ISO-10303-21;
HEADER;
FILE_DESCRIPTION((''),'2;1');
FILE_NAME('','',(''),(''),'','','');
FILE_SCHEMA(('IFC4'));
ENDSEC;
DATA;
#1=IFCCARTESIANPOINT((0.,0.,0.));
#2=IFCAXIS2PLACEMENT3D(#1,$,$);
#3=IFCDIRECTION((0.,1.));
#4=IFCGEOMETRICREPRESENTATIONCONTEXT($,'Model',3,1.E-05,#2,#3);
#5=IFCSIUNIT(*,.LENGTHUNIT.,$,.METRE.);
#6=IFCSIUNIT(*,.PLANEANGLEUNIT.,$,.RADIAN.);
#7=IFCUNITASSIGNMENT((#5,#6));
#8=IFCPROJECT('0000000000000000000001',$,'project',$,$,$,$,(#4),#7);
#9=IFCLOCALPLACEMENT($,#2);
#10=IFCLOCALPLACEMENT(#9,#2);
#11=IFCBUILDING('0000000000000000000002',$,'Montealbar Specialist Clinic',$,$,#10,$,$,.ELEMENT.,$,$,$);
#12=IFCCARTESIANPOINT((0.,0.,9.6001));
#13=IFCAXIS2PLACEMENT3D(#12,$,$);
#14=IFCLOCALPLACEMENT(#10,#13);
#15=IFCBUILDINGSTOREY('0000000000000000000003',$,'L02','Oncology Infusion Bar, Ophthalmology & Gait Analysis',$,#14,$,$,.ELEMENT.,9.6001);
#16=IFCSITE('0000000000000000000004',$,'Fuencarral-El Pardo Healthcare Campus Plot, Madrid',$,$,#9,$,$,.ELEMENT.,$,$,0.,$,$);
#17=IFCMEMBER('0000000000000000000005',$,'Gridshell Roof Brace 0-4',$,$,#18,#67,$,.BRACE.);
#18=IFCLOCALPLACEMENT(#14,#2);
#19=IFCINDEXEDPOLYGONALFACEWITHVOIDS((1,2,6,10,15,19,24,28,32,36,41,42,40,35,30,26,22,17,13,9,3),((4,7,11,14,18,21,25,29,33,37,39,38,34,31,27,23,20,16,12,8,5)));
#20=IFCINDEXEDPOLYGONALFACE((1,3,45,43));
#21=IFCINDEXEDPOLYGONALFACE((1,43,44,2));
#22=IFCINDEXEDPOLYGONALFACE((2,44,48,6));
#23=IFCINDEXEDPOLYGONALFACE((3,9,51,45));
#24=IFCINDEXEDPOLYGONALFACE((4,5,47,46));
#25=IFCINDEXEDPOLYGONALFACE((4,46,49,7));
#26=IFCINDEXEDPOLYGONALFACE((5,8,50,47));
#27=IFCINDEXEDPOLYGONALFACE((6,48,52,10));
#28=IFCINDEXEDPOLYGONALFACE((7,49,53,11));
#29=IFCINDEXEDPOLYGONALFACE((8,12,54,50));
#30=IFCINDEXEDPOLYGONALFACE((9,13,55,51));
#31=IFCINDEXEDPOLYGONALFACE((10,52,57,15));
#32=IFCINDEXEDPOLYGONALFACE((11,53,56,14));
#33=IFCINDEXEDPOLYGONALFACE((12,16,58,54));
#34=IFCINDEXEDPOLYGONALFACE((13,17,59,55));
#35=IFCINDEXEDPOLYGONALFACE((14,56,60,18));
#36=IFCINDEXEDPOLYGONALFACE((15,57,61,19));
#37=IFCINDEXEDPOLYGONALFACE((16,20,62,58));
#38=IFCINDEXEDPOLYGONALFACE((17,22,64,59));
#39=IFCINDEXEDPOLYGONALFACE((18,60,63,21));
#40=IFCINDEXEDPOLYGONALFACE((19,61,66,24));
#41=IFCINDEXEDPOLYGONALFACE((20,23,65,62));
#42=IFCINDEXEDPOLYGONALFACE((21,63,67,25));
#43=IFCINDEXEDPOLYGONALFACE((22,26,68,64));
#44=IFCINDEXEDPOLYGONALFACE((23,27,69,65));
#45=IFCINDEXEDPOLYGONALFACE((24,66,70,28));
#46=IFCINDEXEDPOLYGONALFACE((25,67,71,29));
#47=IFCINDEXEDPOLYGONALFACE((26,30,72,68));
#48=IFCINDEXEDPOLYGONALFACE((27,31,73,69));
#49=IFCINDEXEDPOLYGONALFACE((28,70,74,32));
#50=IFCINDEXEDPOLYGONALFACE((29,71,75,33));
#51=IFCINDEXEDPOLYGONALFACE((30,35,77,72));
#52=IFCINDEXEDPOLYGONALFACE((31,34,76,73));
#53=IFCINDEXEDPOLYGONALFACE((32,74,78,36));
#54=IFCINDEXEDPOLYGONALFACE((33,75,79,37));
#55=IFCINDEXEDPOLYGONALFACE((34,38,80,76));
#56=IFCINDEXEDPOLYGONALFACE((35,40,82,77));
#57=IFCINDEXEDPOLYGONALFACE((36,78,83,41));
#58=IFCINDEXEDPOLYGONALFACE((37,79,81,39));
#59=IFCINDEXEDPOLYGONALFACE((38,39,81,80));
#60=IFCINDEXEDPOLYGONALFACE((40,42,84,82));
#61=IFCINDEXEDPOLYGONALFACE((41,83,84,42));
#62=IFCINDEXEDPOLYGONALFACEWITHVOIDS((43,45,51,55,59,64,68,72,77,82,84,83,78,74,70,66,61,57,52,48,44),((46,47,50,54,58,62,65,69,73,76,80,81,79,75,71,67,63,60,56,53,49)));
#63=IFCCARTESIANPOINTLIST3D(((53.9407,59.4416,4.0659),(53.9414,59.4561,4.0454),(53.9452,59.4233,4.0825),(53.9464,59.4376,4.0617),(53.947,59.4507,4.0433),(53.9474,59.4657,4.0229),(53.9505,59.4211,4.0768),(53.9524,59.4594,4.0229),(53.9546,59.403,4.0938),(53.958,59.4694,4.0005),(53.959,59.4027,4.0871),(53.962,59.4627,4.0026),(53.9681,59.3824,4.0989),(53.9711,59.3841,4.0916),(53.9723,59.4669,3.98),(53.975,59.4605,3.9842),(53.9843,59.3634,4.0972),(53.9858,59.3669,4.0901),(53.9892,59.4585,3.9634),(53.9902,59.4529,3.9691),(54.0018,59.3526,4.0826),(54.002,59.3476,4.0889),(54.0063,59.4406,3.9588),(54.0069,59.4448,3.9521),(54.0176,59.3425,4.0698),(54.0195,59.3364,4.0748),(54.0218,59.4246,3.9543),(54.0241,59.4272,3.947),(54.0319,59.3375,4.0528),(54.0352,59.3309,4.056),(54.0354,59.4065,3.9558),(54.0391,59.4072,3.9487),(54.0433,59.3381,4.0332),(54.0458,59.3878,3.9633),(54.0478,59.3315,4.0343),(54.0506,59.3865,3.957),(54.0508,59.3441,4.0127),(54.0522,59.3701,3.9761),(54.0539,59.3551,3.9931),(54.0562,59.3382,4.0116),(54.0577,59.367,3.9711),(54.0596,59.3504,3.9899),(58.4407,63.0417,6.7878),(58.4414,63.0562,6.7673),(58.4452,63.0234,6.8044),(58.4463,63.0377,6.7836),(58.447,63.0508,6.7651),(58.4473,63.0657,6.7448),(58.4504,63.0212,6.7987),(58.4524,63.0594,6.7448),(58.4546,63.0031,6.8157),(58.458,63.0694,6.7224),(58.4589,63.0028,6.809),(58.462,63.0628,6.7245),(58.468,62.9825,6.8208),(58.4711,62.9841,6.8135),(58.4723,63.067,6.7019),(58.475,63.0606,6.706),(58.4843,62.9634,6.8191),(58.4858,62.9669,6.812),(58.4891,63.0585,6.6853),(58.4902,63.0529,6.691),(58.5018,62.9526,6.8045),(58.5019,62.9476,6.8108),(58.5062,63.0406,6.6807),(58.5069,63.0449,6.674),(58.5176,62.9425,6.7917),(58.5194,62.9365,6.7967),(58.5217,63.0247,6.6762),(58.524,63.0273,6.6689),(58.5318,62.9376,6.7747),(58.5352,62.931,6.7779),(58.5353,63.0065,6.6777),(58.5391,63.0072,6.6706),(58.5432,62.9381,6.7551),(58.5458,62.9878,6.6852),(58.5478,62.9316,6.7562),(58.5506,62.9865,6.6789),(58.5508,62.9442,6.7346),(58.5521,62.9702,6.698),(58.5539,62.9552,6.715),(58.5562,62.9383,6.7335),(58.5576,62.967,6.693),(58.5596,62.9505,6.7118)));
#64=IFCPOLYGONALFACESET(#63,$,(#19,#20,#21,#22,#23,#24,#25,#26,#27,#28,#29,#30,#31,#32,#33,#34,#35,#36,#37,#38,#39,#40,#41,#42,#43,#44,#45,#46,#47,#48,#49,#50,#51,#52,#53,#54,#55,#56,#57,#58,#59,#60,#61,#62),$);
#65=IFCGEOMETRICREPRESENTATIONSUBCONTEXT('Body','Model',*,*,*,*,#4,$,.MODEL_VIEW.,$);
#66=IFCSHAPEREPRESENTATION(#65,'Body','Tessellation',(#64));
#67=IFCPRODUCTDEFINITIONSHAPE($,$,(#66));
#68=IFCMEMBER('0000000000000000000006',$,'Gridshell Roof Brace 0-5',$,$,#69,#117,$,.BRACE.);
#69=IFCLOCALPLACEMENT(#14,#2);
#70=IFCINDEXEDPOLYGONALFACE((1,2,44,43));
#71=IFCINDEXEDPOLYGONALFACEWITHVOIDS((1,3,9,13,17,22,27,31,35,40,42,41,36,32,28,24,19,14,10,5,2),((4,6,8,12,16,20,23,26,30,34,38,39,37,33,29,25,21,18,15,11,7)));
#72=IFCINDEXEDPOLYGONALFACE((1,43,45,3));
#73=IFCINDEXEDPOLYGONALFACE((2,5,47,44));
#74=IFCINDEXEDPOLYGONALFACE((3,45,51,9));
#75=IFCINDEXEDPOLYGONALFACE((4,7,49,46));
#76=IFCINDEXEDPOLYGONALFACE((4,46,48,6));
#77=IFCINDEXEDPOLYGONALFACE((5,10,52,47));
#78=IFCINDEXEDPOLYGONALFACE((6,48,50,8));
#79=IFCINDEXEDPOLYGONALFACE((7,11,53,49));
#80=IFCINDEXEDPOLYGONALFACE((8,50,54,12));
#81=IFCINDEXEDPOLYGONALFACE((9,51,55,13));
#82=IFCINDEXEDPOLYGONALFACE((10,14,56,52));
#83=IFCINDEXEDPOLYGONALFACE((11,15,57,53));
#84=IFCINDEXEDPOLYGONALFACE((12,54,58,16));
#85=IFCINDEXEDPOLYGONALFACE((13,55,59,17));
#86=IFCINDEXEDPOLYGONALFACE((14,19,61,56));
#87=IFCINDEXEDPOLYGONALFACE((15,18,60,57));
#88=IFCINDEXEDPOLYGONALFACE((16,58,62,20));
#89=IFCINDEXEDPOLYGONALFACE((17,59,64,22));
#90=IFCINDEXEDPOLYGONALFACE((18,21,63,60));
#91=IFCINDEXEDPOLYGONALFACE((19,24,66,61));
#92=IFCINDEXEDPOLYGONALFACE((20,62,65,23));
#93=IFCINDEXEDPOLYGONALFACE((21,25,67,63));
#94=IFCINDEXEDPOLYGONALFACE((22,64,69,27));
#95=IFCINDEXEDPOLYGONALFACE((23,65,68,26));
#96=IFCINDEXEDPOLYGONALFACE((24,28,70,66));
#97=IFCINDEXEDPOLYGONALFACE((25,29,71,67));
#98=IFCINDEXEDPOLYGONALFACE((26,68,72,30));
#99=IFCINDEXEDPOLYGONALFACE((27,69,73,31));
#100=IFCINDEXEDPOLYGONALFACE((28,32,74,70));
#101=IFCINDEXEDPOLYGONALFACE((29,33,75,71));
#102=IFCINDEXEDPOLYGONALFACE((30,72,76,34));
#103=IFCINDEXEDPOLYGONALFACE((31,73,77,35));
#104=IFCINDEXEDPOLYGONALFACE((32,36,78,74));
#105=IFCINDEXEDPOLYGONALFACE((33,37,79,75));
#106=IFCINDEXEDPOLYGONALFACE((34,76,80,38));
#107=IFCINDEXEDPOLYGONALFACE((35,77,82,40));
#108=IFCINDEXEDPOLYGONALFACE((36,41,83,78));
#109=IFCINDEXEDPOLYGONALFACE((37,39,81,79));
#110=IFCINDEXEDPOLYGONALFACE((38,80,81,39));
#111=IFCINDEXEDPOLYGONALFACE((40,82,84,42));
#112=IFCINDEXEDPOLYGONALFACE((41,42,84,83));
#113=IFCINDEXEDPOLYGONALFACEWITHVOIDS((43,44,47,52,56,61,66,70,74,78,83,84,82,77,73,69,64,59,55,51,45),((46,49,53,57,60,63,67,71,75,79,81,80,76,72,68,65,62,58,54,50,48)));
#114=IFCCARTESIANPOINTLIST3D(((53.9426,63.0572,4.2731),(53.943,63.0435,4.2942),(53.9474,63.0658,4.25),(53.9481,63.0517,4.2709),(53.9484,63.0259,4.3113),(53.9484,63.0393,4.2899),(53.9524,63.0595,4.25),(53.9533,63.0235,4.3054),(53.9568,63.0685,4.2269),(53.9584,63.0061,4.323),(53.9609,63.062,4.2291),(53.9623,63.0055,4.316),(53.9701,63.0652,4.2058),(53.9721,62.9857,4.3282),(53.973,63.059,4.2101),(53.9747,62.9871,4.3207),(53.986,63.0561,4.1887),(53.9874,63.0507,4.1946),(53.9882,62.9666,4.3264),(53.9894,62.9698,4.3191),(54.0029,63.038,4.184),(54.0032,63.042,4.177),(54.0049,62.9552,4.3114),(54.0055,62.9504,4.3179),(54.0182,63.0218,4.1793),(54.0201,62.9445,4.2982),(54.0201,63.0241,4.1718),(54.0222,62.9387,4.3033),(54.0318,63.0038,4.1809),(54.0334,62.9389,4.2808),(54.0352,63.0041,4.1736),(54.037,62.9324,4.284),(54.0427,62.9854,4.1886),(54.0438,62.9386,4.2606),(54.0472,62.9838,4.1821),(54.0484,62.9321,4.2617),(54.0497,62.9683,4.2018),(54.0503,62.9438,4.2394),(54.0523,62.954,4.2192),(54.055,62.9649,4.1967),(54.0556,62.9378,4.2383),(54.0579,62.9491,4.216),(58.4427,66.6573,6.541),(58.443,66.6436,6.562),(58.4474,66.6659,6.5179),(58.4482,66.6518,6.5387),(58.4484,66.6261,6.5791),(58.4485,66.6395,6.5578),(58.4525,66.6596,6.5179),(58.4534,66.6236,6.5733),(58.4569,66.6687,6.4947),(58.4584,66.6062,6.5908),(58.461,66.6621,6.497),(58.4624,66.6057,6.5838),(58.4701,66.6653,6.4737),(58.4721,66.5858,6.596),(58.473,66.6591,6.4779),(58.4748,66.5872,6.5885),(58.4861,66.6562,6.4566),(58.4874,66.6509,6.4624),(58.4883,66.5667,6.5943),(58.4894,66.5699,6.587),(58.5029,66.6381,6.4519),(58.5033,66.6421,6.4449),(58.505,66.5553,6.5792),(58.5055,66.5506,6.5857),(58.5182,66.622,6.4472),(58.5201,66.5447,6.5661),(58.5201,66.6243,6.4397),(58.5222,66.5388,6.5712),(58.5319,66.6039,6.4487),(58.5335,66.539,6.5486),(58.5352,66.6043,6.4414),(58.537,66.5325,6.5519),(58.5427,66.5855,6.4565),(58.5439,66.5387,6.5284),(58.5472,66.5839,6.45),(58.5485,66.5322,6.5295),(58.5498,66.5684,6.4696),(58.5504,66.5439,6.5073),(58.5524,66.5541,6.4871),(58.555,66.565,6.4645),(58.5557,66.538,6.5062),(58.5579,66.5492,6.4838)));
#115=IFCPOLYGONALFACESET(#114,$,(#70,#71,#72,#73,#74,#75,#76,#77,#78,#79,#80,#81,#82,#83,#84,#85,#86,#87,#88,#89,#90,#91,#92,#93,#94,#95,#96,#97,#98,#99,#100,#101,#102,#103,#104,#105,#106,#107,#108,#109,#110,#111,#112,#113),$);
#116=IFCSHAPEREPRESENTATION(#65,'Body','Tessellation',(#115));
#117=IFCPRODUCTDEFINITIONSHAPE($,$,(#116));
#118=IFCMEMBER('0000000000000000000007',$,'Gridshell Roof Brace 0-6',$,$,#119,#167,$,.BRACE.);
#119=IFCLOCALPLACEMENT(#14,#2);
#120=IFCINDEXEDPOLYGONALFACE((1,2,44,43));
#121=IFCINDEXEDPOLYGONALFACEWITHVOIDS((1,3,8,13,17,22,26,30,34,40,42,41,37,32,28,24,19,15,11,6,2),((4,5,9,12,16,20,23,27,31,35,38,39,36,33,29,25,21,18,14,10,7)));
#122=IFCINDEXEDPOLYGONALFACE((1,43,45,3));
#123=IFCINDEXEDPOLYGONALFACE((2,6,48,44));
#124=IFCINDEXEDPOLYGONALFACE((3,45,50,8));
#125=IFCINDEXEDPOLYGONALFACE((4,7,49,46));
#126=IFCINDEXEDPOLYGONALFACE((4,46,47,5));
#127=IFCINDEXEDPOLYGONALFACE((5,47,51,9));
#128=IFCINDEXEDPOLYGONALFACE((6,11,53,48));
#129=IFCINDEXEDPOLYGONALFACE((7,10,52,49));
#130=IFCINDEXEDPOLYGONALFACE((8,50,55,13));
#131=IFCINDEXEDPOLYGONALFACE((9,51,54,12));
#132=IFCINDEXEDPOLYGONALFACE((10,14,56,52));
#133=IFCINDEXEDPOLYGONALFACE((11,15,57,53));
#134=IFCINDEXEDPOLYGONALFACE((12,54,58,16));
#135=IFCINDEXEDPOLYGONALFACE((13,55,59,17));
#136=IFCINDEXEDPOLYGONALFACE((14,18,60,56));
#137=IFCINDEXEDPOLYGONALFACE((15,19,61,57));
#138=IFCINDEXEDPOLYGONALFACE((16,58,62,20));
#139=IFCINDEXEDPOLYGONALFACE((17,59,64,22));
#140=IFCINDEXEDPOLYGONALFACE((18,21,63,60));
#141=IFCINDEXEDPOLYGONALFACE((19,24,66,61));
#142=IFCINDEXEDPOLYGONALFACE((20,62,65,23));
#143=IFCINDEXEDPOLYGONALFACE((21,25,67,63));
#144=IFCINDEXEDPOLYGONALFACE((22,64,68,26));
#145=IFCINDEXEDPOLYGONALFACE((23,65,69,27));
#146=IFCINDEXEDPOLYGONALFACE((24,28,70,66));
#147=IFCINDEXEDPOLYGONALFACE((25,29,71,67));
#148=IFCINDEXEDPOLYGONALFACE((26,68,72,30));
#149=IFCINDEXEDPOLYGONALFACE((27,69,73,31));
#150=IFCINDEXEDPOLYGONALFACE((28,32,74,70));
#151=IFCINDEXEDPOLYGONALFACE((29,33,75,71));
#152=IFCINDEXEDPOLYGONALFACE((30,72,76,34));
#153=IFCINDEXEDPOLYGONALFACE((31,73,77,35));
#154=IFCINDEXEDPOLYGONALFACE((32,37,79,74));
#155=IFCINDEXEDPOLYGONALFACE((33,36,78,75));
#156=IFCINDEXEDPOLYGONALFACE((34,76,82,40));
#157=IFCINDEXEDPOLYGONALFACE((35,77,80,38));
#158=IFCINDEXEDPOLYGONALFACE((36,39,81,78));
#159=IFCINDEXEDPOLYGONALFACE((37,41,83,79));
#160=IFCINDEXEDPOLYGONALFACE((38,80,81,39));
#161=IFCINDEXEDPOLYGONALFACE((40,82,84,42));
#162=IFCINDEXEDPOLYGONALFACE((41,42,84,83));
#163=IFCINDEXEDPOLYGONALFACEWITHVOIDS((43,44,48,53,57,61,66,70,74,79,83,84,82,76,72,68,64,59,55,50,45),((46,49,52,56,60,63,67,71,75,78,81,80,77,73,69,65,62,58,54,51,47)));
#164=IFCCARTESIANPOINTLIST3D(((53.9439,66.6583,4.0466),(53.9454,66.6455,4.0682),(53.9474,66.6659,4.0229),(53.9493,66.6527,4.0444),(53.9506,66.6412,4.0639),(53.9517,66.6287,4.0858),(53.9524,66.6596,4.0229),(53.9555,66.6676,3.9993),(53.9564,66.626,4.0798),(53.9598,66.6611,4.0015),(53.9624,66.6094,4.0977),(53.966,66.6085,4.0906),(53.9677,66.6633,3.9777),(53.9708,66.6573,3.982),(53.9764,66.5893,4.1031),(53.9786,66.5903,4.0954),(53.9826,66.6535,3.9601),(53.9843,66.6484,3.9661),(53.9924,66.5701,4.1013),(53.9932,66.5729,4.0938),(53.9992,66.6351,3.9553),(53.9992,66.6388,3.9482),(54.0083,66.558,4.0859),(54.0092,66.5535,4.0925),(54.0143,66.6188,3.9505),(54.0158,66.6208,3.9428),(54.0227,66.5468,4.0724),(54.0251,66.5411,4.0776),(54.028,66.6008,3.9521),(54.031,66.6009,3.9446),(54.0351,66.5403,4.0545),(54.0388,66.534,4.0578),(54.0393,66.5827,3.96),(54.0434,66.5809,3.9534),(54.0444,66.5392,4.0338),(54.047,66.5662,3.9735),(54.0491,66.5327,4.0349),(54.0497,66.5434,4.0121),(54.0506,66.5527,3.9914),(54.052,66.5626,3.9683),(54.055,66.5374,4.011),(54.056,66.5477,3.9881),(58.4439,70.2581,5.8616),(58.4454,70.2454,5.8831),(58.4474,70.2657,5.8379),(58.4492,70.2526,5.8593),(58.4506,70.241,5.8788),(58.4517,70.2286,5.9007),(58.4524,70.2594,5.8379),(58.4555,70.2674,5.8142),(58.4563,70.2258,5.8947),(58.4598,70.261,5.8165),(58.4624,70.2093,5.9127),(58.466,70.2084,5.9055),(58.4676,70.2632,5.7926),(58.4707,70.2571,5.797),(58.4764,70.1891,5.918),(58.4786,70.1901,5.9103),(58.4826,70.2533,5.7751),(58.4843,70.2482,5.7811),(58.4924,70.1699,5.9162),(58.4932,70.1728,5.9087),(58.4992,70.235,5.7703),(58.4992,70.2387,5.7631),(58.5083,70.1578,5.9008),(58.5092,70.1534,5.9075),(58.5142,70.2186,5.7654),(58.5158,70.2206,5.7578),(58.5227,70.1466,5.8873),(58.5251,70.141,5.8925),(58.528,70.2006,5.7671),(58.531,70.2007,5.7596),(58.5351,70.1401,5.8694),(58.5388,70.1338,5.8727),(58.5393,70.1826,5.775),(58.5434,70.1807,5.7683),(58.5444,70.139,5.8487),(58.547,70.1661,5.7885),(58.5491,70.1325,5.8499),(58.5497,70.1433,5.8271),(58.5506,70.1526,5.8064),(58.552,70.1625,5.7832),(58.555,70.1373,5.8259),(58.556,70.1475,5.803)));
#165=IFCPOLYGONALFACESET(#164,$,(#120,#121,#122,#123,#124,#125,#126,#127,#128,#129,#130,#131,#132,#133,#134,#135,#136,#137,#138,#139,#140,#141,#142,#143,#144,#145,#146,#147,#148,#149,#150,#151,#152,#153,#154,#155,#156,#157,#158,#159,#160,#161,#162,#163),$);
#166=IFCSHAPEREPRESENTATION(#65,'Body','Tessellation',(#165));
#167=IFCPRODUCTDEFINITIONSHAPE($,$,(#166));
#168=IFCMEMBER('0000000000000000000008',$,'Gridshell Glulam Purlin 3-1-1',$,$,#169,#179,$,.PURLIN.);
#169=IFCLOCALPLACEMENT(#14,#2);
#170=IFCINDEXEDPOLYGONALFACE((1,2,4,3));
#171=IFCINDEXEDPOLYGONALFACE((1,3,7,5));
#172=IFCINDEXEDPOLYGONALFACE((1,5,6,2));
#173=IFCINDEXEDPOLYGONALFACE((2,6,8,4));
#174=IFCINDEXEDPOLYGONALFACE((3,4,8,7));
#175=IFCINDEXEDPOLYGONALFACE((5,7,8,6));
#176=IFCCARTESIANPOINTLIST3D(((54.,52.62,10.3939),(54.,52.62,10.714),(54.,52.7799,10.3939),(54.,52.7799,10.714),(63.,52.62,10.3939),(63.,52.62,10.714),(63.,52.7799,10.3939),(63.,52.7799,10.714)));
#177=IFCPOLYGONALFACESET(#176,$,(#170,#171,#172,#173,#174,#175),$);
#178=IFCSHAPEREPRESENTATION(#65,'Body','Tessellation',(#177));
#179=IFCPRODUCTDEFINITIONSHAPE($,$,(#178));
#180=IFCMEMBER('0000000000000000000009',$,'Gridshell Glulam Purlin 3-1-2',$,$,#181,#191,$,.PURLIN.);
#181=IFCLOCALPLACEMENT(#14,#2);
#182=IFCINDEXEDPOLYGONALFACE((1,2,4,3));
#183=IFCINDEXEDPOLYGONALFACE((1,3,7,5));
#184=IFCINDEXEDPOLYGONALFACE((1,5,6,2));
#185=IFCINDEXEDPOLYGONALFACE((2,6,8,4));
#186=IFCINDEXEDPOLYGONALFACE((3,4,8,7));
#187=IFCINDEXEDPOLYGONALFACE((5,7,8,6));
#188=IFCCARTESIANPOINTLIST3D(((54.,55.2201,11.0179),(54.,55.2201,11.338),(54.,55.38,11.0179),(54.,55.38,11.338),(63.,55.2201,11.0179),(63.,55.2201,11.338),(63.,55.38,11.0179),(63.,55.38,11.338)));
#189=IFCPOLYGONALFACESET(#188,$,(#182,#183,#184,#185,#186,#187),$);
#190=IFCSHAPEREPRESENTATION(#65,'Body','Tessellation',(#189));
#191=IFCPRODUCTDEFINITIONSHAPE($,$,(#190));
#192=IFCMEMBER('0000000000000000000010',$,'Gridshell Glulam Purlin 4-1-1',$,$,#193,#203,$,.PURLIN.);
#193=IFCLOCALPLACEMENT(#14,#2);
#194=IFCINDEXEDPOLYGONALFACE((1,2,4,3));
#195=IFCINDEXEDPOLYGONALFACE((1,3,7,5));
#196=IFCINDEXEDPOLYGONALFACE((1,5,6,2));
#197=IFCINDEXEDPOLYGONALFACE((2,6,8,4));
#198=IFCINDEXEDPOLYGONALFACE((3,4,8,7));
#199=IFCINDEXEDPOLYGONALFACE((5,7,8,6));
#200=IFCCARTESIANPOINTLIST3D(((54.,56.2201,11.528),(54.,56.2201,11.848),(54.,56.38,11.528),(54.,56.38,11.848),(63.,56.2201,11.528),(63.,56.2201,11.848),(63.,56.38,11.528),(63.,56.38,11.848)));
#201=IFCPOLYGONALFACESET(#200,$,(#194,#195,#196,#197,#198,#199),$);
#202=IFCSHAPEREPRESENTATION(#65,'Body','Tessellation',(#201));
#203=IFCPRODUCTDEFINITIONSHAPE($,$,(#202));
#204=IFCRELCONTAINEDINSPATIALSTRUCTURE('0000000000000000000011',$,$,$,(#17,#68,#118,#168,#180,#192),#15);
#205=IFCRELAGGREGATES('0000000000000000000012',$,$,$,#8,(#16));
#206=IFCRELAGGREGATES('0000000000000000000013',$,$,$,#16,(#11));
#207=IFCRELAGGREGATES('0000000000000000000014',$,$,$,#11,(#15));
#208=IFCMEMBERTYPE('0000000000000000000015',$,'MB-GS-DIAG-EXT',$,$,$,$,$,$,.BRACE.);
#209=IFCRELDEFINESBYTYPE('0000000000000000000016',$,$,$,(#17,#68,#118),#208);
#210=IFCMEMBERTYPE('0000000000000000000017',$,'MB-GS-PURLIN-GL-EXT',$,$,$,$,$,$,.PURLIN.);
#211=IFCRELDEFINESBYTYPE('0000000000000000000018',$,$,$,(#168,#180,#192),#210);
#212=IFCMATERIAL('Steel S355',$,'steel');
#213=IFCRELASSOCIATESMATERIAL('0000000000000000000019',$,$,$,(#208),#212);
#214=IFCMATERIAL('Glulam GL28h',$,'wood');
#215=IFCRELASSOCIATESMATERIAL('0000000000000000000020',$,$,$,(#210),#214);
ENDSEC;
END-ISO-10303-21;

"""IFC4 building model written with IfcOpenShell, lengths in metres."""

from ifc_helpers import new_model, si_unit, direction, frame, origin, origin_2d, place, context, subcontext, project, spatial, rectangle, hollow_circle, extrude, material, material_profile, profile_set, type_object, element, save


model = new_model("IFC4")

# Units and contexts
model_context = context("Model", 3, precision=1e-05, world=origin(), true_north=direction((0.0, 1.0)))
body_context = subcontext(model_context, "Body", "Model", "MODEL_VIEW")
ifc_project = project(units=[si_unit("LENGTHUNIT", "METRE"), si_unit("PLANEANGLEUNIT", "RADIAN")], contexts=[model_context])

# Site, building, storey
site_placement = place(None, origin())
site = spatial("IfcSite", under=ifc_project, at=site_placement, Name="Fuencarral-El Pardo Healthcare Campus Plot, Madrid", CompositionType="ELEMENT", RefElevation=0.0)
building_placement = place(site_placement, origin())
building = spatial("IfcBuilding", under=site, at=building_placement, Name="Montealbar Specialist Clinic", CompositionType="ELEMENT")
storey_placement = place(building_placement, frame((0.0, 0.0, 9.6001)))
storey = spatial("IfcBuildingStorey", under=building, at=storey_placement, Name="L02", Description="Oncology Infusion Bar, Ophthalmology & Gait Analysis", CompositionType="ELEMENT", Elevation=9.6001)

# Shared definitions
ifc_material_1 = material(Name="Steel S355", Category="steel")
ifc_material_2 = material(Name="Glulam GL28h", Category="wood")

# Members
ifc_material_profile_1 = material_profile(ifc_material_1, hollow_circle(Radius=0.0842, WallThickness=0.0081, at=origin_2d()), Name="CHS 168.3x8.0", Category="steel")
ifc_profile_set_1 = profile_set([ifc_material_profile_1], Name="Steel S355")
member_type_1 = type_object("IfcMemberType", Name="MB-GS-DIAG-EXT", PredefinedType="BRACE", material=ifc_profile_set_1)
member_1_placement = place(storey_placement, frame((54.0, 59.3999, 4.0229), z_axis=(0.706065, 0.564868, 0.427079), x_axis=(-0.624705, 0.780861, 0.0)))
element("IfcMember", 1, at=member_1_placement, inside=storey, type_object=member_type_1, Name="Gridshell Roof Brace 0-4", PredefinedType="BRACE", context=body_context, shape_type="SweptSolid", body=[
    extrude(hollow_circle(Radius=0.0842, WallThickness=0.0081, at=origin_2d()), origin(), (0.0, 0.0, 1.0), 6.3733),
])
member_2_placement = place(storey_placement, frame((54.0, 63.0, 4.25), z_axis=(0.726622, 0.581314, 0.366189), x_axis=(-0.624705, 0.780861, 0.0)))
element("IfcMember", 2, at=member_2_placement, inside=storey, type_object=member_type_1, Name="Gridshell Roof Brace 0-5", PredefinedType="BRACE", context=body_context, shape_type="SweptSolid", body=[
    extrude(hollow_circle(Radius=0.0842, WallThickness=0.0081, at=origin_2d()), origin(), (0.0, 0.0, 1.0), 6.1931),
])
member_3_placement = place(storey_placement, frame((54.0, 66.6001, 4.0229), z_axis=(0.744815, 0.595828, 0.300399), x_axis=(-0.62468, 0.780881, 0.0)))
element("IfcMember", 3, at=member_3_placement, inside=storey, type_object=member_type_1, Name="Gridshell Roof Brace 0-6", PredefinedType="BRACE", context=body_context, shape_type="SweptSolid", body=[
    extrude(hollow_circle(Radius=0.0842, WallThickness=0.0081, at=origin_2d()), origin(), (0.0, 0.0, 1.0), 6.0417),
])
ifc_material_profile_2 = material_profile(ifc_material_2, rectangle(XDim=0.1599, YDim=0.3201, at=origin_2d()), Name="GL28h 160x320", Category="wood")
ifc_profile_set_2 = profile_set([ifc_material_profile_2], Name="Glulam GL28h")
member_type_2 = type_object("IfcMemberType", Name="MB-GS-PURLIN-GL-EXT", PredefinedType="PURLIN", material=ifc_profile_set_2)
for number, where, z_axis, x_axis, name in (
    (4, (54.0, 52.7, 10.554), (1.0, 0.0, 0.0), (0.0, 1.0, 0.0), "Gridshell Glulam Purlin 3-1-1"),
    (5, (54.0, 55.3, 11.178), (1.0, 0.0, 0.0), (0.0, 1.0, 0.0), "Gridshell Glulam Purlin 3-1-2"),
    (6, (54.0, 56.3, 11.688), (1.0, 0.0, 0.0), (0.0, 1.0, 0.0), "Gridshell Glulam Purlin 4-1-1"),
):
    element("IfcMember", number, at=place(storey_placement, frame(where, z_axis=z_axis, x_axis=x_axis)), inside=storey, type_object=member_type_2, Name=name, PredefinedType="PURLIN", context=body_context, shape_type="SweptSolid", body=[
        extrude(rectangle(XDim=0.1599, YDim=0.3201, at=origin_2d()), origin(), (0.0, 0.0, 1.0), 9.0),
    ])

save(model, "model.ifc")
